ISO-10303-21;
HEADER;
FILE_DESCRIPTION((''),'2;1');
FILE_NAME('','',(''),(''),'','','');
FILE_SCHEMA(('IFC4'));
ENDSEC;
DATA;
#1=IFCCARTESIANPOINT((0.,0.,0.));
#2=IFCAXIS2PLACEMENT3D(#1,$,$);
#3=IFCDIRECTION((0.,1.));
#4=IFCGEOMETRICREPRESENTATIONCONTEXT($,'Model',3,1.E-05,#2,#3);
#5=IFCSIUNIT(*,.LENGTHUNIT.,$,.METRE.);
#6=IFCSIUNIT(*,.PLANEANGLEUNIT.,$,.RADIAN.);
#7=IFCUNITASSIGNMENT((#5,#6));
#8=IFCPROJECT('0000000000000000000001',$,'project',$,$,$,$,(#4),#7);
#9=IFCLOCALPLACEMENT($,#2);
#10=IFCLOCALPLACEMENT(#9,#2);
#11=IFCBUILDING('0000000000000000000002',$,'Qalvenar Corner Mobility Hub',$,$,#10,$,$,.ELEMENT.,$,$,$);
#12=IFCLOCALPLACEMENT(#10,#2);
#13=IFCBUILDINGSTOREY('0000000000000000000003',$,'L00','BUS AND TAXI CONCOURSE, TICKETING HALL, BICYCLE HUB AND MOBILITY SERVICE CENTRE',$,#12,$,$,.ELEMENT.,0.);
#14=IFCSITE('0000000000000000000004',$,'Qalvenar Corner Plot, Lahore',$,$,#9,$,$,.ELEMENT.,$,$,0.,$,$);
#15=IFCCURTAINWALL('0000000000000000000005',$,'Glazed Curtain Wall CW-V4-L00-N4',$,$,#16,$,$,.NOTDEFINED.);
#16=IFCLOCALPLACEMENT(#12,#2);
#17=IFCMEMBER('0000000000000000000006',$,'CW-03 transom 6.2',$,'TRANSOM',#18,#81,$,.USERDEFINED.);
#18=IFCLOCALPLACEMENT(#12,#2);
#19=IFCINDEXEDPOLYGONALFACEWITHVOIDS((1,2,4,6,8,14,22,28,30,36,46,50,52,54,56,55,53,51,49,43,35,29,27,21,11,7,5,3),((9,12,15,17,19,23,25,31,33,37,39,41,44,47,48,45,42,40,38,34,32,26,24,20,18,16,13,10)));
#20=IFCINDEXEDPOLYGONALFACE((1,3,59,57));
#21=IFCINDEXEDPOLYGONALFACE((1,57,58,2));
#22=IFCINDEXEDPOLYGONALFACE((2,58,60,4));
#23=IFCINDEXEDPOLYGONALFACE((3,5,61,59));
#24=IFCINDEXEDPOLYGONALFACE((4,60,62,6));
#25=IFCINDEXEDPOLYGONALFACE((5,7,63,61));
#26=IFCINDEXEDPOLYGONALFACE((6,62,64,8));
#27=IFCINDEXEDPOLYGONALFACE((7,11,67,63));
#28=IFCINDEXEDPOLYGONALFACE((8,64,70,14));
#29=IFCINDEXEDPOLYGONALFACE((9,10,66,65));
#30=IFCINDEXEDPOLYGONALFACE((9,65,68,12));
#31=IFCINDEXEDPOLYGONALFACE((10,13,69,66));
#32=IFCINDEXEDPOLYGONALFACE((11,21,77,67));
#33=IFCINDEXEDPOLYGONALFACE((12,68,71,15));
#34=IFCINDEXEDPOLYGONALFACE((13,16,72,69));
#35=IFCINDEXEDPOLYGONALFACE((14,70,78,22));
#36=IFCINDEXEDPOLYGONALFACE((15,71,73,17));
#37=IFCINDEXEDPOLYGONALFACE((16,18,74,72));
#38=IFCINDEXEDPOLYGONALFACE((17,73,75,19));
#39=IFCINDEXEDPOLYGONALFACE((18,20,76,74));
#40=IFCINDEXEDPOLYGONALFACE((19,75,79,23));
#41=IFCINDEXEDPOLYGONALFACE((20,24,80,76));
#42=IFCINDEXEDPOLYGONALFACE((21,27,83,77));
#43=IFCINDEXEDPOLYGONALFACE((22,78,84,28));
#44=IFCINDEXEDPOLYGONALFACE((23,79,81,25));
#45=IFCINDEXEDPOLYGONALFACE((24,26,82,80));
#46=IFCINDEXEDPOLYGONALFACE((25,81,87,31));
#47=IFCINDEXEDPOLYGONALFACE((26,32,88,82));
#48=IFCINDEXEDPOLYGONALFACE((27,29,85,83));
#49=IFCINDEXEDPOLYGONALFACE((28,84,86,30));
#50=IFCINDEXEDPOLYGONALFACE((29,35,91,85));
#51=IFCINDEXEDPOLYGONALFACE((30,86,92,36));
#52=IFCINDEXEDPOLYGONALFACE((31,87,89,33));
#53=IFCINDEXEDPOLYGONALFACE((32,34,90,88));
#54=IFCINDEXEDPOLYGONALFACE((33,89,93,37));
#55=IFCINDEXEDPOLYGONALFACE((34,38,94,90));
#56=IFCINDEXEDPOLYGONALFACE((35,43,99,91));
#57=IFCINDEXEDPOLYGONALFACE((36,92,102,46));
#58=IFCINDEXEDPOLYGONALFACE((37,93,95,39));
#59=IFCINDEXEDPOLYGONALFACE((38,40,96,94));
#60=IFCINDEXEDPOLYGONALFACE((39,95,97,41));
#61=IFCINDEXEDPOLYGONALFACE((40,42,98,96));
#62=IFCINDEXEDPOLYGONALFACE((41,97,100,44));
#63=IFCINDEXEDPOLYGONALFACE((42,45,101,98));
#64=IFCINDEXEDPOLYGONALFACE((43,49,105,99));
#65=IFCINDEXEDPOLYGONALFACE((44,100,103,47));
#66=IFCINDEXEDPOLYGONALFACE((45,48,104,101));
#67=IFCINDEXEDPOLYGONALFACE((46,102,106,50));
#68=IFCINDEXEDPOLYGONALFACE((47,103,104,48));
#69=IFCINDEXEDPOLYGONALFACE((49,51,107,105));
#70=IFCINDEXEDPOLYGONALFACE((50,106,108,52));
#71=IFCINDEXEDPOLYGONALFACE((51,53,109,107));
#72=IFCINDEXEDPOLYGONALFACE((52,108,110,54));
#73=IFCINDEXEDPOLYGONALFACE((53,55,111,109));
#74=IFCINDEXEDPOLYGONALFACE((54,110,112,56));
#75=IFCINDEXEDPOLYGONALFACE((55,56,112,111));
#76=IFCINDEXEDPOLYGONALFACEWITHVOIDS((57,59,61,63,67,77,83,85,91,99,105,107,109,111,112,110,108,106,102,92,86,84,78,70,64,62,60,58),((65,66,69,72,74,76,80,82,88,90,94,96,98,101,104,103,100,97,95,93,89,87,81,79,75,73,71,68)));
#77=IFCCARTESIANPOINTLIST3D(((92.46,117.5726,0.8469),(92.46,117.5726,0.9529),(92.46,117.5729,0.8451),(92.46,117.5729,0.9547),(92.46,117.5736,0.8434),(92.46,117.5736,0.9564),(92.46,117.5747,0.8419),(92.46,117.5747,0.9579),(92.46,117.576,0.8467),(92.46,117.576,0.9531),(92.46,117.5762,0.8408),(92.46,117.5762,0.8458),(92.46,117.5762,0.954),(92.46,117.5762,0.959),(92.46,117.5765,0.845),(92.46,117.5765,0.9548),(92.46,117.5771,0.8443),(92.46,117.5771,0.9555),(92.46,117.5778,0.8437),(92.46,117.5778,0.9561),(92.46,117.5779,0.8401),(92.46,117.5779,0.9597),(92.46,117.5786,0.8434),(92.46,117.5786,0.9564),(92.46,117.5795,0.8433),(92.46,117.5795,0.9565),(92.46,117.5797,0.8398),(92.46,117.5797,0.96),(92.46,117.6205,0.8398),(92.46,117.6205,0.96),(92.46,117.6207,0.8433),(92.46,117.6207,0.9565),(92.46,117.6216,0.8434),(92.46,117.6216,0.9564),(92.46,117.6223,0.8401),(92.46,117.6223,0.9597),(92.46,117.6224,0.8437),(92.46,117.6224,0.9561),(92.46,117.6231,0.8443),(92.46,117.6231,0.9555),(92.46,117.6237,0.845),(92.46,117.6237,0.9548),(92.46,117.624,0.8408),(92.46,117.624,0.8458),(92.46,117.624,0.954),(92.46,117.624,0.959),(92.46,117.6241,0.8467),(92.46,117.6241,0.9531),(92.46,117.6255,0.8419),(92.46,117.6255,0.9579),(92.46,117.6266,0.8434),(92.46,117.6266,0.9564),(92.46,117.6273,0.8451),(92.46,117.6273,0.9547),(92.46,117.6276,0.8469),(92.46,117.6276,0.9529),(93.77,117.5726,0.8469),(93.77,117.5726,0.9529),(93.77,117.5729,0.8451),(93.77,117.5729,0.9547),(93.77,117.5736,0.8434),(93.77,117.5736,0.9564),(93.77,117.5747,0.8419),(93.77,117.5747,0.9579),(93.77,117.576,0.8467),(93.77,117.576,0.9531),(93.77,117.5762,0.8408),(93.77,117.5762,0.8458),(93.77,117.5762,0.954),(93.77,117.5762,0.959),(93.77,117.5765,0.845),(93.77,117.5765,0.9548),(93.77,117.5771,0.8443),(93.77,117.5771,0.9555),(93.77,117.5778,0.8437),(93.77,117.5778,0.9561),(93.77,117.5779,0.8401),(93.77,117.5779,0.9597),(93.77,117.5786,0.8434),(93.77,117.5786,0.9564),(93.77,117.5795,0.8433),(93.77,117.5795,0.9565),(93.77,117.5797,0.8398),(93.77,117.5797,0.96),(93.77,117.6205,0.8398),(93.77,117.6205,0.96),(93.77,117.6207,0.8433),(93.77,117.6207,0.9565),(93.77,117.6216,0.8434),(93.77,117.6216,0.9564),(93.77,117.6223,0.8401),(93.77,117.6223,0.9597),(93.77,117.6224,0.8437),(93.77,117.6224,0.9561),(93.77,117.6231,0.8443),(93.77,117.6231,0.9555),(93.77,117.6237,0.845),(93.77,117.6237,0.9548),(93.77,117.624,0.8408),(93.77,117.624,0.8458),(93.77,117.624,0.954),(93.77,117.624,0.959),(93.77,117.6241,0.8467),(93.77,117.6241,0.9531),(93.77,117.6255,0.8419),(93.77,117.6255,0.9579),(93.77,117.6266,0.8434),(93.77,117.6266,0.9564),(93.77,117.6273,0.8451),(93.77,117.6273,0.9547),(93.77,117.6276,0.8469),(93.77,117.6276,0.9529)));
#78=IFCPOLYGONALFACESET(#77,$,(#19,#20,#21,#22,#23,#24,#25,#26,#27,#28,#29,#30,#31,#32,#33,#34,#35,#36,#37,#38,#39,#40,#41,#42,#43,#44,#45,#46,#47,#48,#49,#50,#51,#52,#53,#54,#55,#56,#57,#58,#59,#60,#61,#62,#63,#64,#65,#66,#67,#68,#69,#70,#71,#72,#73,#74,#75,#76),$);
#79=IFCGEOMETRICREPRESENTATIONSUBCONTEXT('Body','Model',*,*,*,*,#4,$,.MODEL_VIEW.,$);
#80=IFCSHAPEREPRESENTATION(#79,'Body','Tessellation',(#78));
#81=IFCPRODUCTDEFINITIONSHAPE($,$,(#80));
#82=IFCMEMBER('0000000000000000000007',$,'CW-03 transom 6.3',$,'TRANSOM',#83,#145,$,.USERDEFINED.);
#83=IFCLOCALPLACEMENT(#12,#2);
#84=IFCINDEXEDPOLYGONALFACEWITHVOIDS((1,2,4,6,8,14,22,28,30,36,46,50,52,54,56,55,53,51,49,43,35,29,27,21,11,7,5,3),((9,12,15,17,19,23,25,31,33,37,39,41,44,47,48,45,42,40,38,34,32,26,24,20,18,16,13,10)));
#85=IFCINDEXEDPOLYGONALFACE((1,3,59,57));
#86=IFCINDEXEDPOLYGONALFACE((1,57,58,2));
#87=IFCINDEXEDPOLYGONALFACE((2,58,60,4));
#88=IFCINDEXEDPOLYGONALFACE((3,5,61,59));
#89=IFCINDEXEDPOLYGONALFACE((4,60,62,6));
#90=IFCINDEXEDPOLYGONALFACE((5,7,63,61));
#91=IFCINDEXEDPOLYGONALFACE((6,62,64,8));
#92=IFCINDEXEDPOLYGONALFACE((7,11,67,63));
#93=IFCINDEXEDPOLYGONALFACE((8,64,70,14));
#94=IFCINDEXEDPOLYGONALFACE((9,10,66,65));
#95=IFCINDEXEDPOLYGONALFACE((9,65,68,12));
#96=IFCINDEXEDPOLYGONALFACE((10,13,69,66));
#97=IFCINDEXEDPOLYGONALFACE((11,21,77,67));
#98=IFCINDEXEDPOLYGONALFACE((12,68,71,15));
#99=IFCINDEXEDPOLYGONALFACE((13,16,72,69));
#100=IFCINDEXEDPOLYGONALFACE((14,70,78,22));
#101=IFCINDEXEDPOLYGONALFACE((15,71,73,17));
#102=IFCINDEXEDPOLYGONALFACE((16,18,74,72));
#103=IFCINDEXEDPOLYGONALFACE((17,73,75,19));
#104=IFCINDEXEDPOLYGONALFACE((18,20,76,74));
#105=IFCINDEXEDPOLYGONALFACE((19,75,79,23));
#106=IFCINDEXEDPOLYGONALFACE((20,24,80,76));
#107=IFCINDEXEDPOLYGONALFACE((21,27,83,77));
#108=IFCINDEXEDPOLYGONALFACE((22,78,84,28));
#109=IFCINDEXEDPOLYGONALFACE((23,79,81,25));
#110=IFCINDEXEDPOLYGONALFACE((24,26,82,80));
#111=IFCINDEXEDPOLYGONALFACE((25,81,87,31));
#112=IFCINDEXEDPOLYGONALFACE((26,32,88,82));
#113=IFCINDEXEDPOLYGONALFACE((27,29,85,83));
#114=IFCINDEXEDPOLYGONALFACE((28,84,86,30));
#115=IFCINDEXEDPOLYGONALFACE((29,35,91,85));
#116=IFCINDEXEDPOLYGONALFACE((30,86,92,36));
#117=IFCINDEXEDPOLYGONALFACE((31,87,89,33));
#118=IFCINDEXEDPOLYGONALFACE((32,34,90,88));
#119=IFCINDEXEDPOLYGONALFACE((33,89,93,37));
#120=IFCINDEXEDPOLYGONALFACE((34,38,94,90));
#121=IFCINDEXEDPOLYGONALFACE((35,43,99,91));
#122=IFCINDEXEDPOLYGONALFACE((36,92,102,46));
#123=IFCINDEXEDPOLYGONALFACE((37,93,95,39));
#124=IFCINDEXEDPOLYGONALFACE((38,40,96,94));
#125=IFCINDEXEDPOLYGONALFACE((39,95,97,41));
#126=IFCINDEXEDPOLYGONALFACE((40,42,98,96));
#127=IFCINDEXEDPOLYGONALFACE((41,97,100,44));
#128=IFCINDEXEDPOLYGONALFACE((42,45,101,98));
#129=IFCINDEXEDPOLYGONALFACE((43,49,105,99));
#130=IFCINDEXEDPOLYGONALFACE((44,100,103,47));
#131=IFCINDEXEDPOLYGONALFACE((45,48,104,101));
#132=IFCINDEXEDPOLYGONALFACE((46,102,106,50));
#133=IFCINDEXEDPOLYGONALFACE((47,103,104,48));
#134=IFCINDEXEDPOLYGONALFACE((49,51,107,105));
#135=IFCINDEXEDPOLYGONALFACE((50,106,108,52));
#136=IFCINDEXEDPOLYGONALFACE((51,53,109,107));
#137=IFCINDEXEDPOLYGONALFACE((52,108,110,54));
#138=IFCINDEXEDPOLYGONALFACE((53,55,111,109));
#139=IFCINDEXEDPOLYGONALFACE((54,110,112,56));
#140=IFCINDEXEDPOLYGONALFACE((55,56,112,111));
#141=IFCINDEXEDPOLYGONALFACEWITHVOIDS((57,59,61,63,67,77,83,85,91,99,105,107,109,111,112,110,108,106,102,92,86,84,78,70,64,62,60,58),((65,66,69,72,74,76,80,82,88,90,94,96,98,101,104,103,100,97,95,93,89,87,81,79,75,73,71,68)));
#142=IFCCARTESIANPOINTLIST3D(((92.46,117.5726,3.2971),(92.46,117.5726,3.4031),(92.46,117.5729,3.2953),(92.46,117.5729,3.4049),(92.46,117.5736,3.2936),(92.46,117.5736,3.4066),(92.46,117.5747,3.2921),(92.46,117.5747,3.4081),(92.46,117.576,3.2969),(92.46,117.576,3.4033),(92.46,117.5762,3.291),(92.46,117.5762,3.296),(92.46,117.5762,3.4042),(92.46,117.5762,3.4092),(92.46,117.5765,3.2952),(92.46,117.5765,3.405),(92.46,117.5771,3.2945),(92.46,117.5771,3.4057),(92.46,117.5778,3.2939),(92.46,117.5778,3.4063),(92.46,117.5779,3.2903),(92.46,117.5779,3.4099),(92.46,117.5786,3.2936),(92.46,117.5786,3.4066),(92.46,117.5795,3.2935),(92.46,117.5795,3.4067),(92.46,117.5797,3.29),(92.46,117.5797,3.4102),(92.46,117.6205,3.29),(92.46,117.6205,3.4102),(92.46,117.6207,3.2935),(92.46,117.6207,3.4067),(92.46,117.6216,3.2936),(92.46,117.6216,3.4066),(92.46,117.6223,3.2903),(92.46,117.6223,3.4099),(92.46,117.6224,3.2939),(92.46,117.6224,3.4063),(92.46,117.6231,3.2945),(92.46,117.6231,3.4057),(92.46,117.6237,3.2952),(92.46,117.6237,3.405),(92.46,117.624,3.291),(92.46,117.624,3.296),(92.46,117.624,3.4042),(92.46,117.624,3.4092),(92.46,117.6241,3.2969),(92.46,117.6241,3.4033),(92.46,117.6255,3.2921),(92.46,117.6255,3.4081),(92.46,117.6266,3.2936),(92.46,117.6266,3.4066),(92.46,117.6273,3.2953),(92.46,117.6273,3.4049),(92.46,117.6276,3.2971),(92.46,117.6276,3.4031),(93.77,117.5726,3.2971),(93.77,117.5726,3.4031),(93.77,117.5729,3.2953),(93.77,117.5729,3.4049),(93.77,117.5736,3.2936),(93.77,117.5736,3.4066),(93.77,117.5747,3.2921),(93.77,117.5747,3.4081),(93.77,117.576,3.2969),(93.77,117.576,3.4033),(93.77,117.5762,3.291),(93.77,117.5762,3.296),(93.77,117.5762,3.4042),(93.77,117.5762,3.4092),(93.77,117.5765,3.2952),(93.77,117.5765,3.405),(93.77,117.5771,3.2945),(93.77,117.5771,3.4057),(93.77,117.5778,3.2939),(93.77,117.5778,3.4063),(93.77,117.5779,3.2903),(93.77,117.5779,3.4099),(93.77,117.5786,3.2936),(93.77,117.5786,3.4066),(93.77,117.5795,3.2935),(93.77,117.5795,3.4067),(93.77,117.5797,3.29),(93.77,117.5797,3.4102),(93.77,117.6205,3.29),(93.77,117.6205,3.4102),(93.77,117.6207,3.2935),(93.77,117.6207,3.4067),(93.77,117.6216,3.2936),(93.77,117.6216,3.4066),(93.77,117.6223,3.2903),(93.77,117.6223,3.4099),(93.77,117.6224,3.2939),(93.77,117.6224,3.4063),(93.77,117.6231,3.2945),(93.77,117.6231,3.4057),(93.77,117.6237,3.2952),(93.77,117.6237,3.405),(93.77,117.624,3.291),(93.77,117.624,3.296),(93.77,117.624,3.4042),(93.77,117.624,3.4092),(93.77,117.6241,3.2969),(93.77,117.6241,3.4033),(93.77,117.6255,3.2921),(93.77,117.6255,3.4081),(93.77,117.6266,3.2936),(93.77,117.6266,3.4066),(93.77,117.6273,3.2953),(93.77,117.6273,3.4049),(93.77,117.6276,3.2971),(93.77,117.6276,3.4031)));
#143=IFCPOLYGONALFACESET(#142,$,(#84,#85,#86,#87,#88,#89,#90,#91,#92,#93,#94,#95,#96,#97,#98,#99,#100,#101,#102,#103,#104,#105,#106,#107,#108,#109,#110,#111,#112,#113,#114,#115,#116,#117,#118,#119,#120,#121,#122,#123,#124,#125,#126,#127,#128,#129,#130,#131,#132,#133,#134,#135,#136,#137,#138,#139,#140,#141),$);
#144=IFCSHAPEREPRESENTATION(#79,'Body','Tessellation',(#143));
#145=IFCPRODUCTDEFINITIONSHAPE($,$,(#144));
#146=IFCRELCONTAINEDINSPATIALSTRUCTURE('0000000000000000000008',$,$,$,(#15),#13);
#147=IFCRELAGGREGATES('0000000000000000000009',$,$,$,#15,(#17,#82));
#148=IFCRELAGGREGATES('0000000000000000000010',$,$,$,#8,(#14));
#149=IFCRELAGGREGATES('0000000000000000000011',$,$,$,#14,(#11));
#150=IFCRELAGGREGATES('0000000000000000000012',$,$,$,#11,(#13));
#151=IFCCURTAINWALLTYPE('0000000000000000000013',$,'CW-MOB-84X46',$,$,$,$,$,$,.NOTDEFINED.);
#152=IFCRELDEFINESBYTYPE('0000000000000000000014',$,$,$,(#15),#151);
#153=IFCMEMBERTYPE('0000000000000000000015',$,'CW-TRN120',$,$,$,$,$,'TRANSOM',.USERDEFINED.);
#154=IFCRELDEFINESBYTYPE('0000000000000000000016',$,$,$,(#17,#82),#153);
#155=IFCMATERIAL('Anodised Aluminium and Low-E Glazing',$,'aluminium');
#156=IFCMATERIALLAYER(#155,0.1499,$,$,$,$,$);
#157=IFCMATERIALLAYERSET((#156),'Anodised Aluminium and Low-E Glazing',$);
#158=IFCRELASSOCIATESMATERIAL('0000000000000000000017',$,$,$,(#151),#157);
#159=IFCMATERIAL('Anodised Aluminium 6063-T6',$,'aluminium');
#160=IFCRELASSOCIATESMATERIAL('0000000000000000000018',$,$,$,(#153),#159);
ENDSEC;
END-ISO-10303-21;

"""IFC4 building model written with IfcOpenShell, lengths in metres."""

from ifc_helpers import new_model, si_unit, direction, frame, origin, origin_2d, place, context, subcontext, project, spatial, hollow_rectangle, extrude, material, layer, layer_set, material_profile, profile_set, type_object, element, aggregate, save


model = new_model("IFC4")

# Units and contexts
model_context = context("Model", 3, precision=1e-05, world=origin(), true_north=direction((0.0, 1.0)))
body_context = subcontext(model_context, "Body", "Model", "MODEL_VIEW")
ifc_project = project(units=[si_unit("LENGTHUNIT", "METRE"), si_unit("PLANEANGLEUNIT", "RADIAN")], contexts=[model_context])

# Site, building, storey
site_placement = place(None, origin())
site = spatial("IfcSite", under=ifc_project, at=site_placement, Name="Qalvenar Corner Plot, Lahore", CompositionType="ELEMENT", RefElevation=0.0)
building_placement = place(site_placement, origin())
building = spatial("IfcBuilding", under=site, at=building_placement, Name="Qalvenar Corner Mobility Hub", CompositionType="ELEMENT")
storey_placement = place(building_placement, origin())
storey = spatial("IfcBuildingStorey", under=building, at=storey_placement, Name="L00", Description="BUS AND TAXI CONCOURSE, TICKETING HALL, BICYCLE HUB AND MOBILITY SERVICE CENTRE", CompositionType="ELEMENT", Elevation=0.0)

# Curtain wall
ifc_material_1 = material(Name="Anodised Aluminium and Low-E Glazing", Category="aluminium")
ifc_layer_1 = layer(ifc_material_1, 0.1499)
ifc_layer_set_1 = layer_set([ifc_layer_1], Name="Anodised Aluminium and Low-E Glazing")
curtain_wall_type = type_object("IfcCurtainWallType", Name="CW-MOB-84X46", PredefinedType="NOTDEFINED", material=ifc_layer_set_1)
ifc_material_2 = material(Name="Anodised Aluminium 6063-T6", Category="aluminium")
curtain_wall_1_placement = place(storey_placement, origin())
curtain_wall_1 = element("IfcCurtainWall", 1, at=curtain_wall_1_placement, inside=storey, type_object=curtain_wall_type, Name="Glazed Curtain Wall CW-V4-L00-N4", PredefinedType="NOTDEFINED")

# Members
ifc_material_profile_1 = material_profile(ifc_material_2, hollow_rectangle(XDim=0.0549, YDim=0.1201, WallThickness=0.0034, InnerFilletRadius=0.0034, OuterFilletRadius=0.0071, at=origin_2d()), Name="RHS120x55x3.5")
ifc_profile_set_1 = profile_set([ifc_material_profile_1], Name="Anodised Aluminium 6063-T6")
member_type_1 = type_object("IfcMemberType", Name="CW-TRN120", ElementType="TRANSOM", PredefinedType="USERDEFINED", material=ifc_profile_set_1)
member_1_placement = place(storey_placement, frame((93.77, 117.6001, 0.8999), z_axis=(-1.0, 0.0, 0.0), x_axis=(0.0, -1.0, 0.0)))
member_1 = element("IfcMember", 2, at=member_1_placement, type_object=member_type_1, Name="CW-03 transom 6.2", ObjectType="TRANSOM", PredefinedType="USERDEFINED", context=body_context, shape_type="SweptSolid", body=[
    extrude(hollow_rectangle(XDim=0.0549, YDim=0.1201, WallThickness=0.0034, InnerFilletRadius=0.0034, OuterFilletRadius=0.0071, at=origin_2d()), origin(), (0.0, 0.0, 1.0), 1.3101),
])
member_2_placement = place(storey_placement, frame((93.77, 117.6001, 3.3501), z_axis=(-1.0, 0.0, 0.0), x_axis=(0.0, -1.0, 0.0)))
member_2 = element("IfcMember", 3, at=member_2_placement, type_object=member_type_1, Name="CW-03 transom 6.3", ObjectType="TRANSOM", PredefinedType="USERDEFINED", context=body_context, shape_type="SweptSolid", body=[
    extrude(hollow_rectangle(XDim=0.0549, YDim=0.1201, WallThickness=0.0034, InnerFilletRadius=0.0034, OuterFilletRadius=0.0071, at=origin_2d()), origin(), (0.0, 0.0, 1.0), 1.3101),
])

aggregate(curtain_wall_1, [member_1, member_2])

save(model, "model.ifc")
